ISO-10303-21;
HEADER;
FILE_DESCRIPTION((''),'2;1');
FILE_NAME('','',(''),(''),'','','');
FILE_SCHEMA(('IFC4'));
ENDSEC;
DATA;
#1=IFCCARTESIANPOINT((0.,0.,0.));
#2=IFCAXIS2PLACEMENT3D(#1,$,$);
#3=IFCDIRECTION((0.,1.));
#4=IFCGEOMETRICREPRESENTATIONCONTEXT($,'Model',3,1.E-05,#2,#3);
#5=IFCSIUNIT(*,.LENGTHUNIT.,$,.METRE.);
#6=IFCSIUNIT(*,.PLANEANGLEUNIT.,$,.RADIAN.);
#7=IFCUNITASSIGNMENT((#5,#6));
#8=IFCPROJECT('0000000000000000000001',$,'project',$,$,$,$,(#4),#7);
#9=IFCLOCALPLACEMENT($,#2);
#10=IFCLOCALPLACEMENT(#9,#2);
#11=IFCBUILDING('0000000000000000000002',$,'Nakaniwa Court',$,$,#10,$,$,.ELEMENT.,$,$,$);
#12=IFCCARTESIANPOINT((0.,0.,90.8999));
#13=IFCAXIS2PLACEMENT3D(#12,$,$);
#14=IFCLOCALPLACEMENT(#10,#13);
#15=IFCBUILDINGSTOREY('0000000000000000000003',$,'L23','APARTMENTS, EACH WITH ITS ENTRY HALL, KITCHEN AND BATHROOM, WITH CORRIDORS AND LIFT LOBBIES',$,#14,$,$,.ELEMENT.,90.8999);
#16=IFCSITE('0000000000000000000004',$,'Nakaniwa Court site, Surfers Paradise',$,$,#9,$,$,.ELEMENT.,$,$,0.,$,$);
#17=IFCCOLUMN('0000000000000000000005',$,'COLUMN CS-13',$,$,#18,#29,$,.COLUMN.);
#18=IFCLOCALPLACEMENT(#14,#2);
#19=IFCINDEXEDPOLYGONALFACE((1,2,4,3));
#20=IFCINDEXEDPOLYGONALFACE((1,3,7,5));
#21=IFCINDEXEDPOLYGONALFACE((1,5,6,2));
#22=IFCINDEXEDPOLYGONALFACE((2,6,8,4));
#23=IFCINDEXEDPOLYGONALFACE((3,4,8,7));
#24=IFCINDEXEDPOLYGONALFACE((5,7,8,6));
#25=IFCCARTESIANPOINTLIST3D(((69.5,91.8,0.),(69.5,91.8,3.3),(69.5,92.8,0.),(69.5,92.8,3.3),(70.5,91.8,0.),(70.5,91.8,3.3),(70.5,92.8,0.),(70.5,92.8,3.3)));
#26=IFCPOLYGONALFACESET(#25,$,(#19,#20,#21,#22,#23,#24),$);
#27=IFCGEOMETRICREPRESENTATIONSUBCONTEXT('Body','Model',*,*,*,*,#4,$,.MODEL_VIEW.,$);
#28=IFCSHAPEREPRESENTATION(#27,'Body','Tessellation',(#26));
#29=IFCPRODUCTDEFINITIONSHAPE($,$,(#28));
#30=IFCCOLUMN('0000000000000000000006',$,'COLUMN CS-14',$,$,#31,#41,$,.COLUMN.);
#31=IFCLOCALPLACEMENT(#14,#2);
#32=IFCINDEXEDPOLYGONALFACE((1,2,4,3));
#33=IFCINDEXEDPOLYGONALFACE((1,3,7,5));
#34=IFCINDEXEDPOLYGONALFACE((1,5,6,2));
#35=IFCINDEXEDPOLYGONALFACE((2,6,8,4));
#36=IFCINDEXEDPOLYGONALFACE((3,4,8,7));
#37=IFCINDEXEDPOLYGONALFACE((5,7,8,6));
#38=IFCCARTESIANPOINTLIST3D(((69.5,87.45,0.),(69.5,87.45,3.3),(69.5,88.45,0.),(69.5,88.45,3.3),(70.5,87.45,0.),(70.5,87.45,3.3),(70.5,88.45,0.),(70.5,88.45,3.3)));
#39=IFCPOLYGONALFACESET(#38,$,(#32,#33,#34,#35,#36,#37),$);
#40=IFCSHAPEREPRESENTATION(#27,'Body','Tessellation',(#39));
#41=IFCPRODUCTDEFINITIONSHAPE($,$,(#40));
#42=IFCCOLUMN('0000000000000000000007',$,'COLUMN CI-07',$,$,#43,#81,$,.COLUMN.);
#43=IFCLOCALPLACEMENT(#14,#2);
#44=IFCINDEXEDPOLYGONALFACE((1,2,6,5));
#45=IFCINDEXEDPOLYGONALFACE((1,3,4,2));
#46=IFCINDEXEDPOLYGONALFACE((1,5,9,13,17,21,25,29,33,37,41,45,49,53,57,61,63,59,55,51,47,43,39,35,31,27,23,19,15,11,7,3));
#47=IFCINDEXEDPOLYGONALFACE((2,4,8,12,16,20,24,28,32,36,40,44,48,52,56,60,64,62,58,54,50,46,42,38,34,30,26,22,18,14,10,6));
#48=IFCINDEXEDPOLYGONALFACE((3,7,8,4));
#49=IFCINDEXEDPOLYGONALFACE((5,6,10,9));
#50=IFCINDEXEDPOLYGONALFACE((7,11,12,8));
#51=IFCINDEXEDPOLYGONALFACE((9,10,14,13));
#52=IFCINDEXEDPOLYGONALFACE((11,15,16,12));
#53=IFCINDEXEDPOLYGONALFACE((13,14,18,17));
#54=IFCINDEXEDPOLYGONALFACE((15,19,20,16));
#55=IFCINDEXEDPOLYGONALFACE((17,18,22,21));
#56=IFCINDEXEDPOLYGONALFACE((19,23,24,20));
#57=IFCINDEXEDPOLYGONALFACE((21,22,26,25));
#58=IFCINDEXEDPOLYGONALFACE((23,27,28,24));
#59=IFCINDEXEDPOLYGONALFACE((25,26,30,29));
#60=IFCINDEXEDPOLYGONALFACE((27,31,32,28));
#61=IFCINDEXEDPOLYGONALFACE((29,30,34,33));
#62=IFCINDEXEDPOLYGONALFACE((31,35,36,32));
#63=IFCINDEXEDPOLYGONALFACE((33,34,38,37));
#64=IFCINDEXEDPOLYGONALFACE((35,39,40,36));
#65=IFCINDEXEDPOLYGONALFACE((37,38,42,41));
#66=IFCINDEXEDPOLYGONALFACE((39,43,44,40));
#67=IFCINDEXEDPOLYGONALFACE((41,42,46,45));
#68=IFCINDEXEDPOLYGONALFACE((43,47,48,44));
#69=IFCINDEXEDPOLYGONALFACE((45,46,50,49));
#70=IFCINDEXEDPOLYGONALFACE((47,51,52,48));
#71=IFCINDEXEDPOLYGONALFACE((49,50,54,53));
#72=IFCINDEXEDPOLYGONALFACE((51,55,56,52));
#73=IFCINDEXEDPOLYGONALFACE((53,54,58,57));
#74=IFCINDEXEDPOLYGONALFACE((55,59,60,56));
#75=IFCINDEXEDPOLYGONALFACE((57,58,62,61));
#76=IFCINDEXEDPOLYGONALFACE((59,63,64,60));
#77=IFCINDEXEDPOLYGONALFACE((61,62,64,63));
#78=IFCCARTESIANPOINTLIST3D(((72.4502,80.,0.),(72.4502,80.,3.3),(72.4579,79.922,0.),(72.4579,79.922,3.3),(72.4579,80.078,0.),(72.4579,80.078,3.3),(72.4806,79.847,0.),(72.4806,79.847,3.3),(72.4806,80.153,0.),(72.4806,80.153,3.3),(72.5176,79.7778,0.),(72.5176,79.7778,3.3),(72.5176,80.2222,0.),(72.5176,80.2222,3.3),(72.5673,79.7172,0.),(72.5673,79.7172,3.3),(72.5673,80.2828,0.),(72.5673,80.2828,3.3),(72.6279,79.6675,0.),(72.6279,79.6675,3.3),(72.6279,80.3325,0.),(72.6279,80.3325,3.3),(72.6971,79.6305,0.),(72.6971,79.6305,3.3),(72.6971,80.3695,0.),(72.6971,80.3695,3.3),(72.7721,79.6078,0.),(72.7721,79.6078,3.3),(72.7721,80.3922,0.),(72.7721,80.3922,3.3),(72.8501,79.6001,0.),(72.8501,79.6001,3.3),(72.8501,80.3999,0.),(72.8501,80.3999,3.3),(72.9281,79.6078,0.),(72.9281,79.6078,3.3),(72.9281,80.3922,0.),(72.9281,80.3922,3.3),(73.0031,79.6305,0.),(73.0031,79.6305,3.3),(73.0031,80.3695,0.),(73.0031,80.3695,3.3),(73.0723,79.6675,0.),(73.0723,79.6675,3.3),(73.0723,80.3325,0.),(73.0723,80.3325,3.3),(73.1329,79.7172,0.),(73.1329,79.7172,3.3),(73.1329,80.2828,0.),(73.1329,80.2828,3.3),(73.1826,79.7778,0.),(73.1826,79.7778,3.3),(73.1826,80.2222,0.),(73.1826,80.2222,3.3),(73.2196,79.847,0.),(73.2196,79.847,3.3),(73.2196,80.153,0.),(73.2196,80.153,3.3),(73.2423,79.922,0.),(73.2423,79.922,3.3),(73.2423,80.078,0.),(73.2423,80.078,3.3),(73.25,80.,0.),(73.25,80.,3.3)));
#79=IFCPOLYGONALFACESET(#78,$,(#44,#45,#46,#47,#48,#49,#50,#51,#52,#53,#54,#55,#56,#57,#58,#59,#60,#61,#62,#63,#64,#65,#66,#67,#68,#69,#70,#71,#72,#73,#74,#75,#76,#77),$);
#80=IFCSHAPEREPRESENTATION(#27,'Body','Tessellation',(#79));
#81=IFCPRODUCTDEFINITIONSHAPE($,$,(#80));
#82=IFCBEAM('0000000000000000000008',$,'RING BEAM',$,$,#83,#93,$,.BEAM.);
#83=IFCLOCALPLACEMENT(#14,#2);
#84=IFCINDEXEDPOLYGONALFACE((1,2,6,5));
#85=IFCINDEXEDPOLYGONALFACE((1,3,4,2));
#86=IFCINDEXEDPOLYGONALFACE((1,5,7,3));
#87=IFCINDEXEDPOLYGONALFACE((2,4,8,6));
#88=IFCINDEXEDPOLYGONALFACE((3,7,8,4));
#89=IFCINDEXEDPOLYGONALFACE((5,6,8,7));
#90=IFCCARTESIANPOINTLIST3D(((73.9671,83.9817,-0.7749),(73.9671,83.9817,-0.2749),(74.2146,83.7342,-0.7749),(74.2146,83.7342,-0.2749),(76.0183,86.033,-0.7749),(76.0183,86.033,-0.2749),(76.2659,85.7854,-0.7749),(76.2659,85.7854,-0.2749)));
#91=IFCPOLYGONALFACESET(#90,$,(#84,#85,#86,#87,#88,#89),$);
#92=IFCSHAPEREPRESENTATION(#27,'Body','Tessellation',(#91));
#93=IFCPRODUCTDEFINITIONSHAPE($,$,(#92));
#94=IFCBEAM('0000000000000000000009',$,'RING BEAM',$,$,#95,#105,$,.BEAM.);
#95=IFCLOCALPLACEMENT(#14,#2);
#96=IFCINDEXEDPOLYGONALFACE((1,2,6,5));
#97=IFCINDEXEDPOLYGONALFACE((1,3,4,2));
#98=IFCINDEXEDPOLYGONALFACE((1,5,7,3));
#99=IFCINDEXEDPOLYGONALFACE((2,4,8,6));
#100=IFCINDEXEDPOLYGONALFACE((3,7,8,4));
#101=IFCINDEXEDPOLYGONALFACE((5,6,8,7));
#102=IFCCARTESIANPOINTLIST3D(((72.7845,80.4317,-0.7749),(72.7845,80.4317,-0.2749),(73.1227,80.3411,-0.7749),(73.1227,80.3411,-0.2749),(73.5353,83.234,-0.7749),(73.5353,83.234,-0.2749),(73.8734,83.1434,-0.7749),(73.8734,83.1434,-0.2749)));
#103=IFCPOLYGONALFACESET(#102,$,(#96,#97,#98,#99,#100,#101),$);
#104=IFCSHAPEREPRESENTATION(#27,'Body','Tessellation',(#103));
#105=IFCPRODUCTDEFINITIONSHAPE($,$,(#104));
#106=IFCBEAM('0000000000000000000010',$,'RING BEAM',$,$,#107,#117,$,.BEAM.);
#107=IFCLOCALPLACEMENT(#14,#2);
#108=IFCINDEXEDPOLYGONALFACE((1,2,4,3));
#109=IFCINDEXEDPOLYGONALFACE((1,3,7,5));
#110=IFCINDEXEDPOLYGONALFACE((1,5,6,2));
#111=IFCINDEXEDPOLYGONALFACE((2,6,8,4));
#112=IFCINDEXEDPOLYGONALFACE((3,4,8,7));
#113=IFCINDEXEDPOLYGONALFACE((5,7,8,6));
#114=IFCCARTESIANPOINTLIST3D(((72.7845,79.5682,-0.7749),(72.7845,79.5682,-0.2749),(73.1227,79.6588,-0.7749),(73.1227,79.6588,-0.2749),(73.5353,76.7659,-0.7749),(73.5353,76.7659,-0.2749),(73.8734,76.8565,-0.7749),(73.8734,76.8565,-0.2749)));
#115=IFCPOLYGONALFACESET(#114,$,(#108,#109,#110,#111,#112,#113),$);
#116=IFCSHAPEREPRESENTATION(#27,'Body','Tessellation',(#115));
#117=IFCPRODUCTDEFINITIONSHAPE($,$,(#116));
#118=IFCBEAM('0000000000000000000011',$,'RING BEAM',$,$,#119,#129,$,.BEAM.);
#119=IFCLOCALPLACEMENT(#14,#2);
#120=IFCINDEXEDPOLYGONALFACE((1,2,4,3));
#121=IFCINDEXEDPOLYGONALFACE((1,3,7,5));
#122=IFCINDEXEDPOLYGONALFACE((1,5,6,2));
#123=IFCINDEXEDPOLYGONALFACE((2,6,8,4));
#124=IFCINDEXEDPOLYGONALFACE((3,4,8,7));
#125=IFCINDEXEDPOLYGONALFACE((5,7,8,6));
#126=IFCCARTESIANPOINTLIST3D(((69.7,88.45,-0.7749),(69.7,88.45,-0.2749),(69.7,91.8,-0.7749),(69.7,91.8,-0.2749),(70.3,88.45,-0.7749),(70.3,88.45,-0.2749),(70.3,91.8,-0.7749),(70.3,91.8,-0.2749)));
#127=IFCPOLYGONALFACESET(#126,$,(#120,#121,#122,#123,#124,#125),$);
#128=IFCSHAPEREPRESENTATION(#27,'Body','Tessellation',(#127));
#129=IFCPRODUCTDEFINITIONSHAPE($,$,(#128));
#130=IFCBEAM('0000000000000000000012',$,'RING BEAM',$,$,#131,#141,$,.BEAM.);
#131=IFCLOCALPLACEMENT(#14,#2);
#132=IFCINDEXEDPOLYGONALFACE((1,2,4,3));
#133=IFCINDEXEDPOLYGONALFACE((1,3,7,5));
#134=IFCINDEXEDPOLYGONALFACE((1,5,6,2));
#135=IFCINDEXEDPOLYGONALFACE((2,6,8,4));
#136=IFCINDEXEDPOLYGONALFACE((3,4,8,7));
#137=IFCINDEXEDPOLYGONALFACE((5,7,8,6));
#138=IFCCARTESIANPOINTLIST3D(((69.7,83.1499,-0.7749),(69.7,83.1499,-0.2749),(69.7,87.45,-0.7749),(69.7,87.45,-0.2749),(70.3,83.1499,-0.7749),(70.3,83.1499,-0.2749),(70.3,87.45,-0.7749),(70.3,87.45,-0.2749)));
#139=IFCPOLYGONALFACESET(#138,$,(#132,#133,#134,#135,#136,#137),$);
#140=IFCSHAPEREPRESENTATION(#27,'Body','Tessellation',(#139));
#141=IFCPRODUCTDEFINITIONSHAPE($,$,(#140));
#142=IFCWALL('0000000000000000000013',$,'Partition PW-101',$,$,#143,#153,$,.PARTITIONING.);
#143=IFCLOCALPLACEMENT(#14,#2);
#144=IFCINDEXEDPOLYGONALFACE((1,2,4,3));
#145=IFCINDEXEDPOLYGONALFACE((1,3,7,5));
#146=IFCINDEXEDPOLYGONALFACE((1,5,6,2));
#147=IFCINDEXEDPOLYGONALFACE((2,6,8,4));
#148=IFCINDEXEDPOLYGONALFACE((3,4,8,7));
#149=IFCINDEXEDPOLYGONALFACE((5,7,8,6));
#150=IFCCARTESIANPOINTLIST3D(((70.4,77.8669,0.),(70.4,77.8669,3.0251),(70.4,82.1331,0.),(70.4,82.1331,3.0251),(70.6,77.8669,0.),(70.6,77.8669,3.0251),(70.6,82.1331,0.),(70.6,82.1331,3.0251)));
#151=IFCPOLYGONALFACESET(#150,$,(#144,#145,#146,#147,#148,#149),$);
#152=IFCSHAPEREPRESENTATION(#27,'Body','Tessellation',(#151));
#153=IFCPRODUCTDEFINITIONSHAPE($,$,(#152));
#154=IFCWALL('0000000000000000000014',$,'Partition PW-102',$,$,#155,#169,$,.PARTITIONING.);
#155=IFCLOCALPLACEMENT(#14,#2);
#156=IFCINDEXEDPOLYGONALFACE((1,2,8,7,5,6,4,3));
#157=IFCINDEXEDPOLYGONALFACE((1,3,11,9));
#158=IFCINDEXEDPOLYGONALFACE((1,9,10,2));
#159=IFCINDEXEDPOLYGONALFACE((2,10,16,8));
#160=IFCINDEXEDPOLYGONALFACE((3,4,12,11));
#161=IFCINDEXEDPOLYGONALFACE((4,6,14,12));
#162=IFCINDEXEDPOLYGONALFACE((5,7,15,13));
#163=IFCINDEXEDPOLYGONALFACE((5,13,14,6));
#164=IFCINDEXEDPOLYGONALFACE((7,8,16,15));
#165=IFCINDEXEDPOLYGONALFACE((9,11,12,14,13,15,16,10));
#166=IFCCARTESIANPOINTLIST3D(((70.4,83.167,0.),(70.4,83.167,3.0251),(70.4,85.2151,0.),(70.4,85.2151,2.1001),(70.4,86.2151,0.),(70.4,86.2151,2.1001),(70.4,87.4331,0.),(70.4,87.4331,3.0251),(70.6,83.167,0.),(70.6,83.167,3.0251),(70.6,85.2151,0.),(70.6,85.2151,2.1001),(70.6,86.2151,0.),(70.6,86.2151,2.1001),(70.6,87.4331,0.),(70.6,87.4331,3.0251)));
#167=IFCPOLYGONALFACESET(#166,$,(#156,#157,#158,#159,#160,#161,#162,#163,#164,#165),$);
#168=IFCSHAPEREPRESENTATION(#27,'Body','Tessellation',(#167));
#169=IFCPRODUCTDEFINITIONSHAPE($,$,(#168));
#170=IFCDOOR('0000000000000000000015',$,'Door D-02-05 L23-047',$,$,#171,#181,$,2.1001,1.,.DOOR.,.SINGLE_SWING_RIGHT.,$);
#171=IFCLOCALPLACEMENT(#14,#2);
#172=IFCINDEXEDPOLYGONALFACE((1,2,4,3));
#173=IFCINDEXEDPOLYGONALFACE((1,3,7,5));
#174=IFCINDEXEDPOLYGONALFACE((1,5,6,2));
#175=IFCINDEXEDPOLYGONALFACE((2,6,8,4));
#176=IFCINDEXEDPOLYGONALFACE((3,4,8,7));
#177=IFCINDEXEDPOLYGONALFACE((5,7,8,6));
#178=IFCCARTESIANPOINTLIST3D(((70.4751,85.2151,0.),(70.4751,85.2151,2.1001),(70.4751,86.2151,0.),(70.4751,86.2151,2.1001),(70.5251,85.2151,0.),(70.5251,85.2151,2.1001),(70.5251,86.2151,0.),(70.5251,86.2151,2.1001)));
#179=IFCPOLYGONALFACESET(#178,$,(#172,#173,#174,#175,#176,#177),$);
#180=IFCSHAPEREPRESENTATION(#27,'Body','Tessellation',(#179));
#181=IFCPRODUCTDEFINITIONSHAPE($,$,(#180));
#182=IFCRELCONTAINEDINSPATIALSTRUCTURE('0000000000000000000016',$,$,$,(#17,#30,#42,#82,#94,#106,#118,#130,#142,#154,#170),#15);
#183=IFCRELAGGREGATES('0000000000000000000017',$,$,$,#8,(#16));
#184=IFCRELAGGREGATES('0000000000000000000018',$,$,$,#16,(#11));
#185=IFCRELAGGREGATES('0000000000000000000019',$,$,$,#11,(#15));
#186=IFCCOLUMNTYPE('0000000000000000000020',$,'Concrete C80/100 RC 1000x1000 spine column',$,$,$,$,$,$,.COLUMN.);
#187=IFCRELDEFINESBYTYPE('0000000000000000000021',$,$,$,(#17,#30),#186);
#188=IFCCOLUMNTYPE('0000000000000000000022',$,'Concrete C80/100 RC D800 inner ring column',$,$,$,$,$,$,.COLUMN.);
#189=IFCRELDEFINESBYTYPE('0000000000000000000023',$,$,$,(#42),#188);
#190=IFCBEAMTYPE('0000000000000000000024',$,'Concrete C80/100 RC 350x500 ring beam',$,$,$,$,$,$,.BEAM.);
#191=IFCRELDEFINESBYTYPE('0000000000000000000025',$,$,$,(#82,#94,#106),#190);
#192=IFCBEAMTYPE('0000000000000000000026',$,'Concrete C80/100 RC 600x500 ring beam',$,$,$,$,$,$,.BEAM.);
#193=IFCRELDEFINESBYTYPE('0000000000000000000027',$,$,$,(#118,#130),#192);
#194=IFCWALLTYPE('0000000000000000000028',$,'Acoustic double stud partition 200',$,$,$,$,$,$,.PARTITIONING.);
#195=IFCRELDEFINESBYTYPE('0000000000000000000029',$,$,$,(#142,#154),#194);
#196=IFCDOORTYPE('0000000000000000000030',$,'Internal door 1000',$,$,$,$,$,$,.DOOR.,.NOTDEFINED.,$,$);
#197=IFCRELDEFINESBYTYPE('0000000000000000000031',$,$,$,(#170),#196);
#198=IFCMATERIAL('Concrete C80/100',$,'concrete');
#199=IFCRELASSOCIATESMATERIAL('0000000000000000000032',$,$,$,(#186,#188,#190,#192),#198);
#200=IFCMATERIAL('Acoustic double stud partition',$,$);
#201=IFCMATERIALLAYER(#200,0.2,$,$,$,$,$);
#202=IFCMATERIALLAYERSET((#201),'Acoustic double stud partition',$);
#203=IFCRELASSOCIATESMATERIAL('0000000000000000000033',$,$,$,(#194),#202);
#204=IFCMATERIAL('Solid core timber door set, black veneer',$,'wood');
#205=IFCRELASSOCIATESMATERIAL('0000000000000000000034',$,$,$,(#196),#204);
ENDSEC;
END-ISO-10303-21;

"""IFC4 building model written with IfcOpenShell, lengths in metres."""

from ifc_helpers import new_model, si_unit, direction, frame, frame_2d, origin, origin_2d, place, context, subcontext, project, spatial, rectangle, circle, extrude, material, layer, layer_set, material_profile, profile_set, type_object, element, fill, save


model = new_model("IFC4")

# Units and contexts
model_context = context("Model", 3, precision=1e-05, world=origin(), true_north=direction((0.0, 1.0)))
body_context = subcontext(model_context, "Body", "Model", "MODEL_VIEW")
ifc_project = project(units=[si_unit("LENGTHUNIT", "METRE"), si_unit("PLANEANGLEUNIT", "RADIAN")], contexts=[model_context])

# Site, building, storey
site_placement = place(None, origin())
site = spatial("IfcSite", under=ifc_project, at=site_placement, Name="Nakaniwa Court site, Surfers Paradise", CompositionType="ELEMENT", RefElevation=0.0)
building_placement = place(site_placement, origin())
building = spatial("IfcBuilding", under=site, at=building_placement, Name="Nakaniwa Court", CompositionType="ELEMENT")
storey_placement = place(building_placement, frame((0.0, 0.0, 90.8999)))
storey = spatial("IfcBuildingStorey", under=building, at=storey_placement, Name="L23", Description="APARTMENTS, EACH WITH ITS ENTRY HALL, KITCHEN AND BATHROOM, WITH CORRIDORS AND LIFT LOBBIES", CompositionType="ELEMENT", Elevation=90.8999)

# Columns
ifc_material_1 = material(Name="Concrete C80/100", Category="concrete")
ifc_material_profile_1 = material_profile(ifc_material_1, rectangle(XDim=1.0, YDim=1.0, at=origin_2d()), Name="Concrete C80/100 RC 1000x1000 spine column")
ifc_profile_set_1 = profile_set([ifc_material_profile_1], Name="Concrete C80/100")
column_type_1 = type_object("IfcColumnType", Name="Concrete C80/100 RC 1000x1000 spine column", PredefinedType="COLUMN", material=ifc_profile_set_1)
for number, where, z_axis, x_axis, name in (
    (1, (70.0, 92.3, 0.0), (0.0, 0.0, 1.0), (0.0, -1.0, 0.0), "COLUMN CS-13"),
    (2, (70.0, 87.95, 0.0), (0.0, 0.0, 1.0), (0.0, -1.0, 0.0), "COLUMN CS-14"),
):
    element("IfcColumn", number, at=place(storey_placement, frame(where, z_axis=z_axis, x_axis=x_axis)), inside=storey, type_object=column_type_1, Name=name, PredefinedType="COLUMN", context=body_context, shape_type="SweptSolid", body=[
        extrude(rectangle(XDim=1.0, YDim=1.0, at=origin_2d()), origin(), (0.0, 0.0, 1.0), 3.3),
    ])
ifc_material_profile_2 = material_profile(ifc_material_1, circle(Radius=0.3999, at=origin_2d()), Name="Concrete C80/100 RC D800 inner ring column")
ifc_profile_set_2 = profile_set([ifc_material_profile_2], Name="Concrete C80/100")
column_type_2 = type_object("IfcColumnType", Name="Concrete C80/100 RC D800 inner ring column", PredefinedType="COLUMN", material=ifc_profile_set_2)
for number, where, z_axis, x_axis, name in (
    (3, (72.8501, 80.0, 0.0), (0.0, 0.0, 1.0), (0.0, -1.0, 0.0), "COLUMN CI-07"),
):
    element("IfcColumn", number, at=place(storey_placement, frame(where, z_axis=z_axis, x_axis=x_axis)), inside=storey, type_object=column_type_2, Name=name, PredefinedType="COLUMN", context=body_context, shape_type="SweptSolid", body=[
        extrude(circle(Radius=0.3999, at=origin_2d()), origin(), (0.0, 0.0, 1.0), 3.3),
    ])

# Beams
ifc_material_profile_3 = material_profile(ifc_material_1, rectangle(XDim=0.3501, YDim=0.5, at=origin_2d()), Name="Concrete C80/100 RC 350x500 ring beam")
ifc_profile_set_3 = profile_set([ifc_material_profile_3], Name="Concrete C80/100")
beam_type_1 = type_object("IfcBeamType", Name="Concrete C80/100 RC 350x500 ring beam", PredefinedType="BEAM", material=ifc_profile_set_3)
beam_1_placement = place(storey_placement, frame((76.1421, 85.9092, -0.5249), z_axis=(-0.707107, -0.707107, 0.0), x_axis=(0.707107, -0.707107, 0.0)))
element("IfcBeam", 4, at=beam_1_placement, inside=storey, type_object=beam_type_1, Name="RING BEAM", PredefinedType="BEAM", context=body_context, shape_type="SweptSolid", body=[
    extrude(rectangle(XDim=0.3501, YDim=0.5, at=origin_2d()), origin(), (0.0, 0.0, 1.0), 2.9009),
])
for number, where, z_axis, x_axis, name in (
    (5, (73.7043, 83.1887, -0.5249), (-0.258778, -0.965937, 0.0), (0.965937, -0.258778, 0.0), "RING BEAM"),
    (6, (72.9536, 79.6135, -0.5249), (0.258778, -0.965937, 0.0), (0.965937, 0.258778, 0.0), "RING BEAM"),
):
    element("IfcBeam", number, at=place(storey_placement, frame(where, z_axis=z_axis, x_axis=x_axis)), inside=storey, type_object=beam_type_1, Name=name, PredefinedType="BEAM", context=body_context, shape_type="SweptSolid", body=[
        extrude(rectangle(XDim=0.3501, YDim=0.5, at=origin_2d()), origin(), (0.0, 0.0, 1.0), 2.9011),
    ])
ifc_material_profile_4 = material_profile(ifc_material_1, rectangle(XDim=0.6001, YDim=0.5, at=origin_2d()), Name="Concrete C80/100 RC 600x500 ring beam")
ifc_profile_set_4 = profile_set([ifc_material_profile_4], Name="Concrete C80/100")
beam_type_2 = type_object("IfcBeamType", Name="Concrete C80/100 RC 600x500 ring beam", PredefinedType="BEAM", material=ifc_profile_set_4)
beam_2_placement = place(storey_placement, frame((70.0, 91.8, -0.5249), z_axis=(0.0, -1.0, 0.0), x_axis=(1.0, 0.0, 0.0)))
element("IfcBeam", 7, at=beam_2_placement, inside=storey, type_object=beam_type_2, Name="RING BEAM", PredefinedType="BEAM", context=body_context, shape_type="SweptSolid", body=[
    extrude(rectangle(XDim=0.6001, YDim=0.5, at=origin_2d()), origin(), (0.0, 0.0, 1.0), 3.3501),
])
beam_3_placement = place(storey_placement, frame((70.0, 87.45, -0.5249), z_axis=(0.0, -1.0, 0.0), x_axis=(1.0, 0.0, 0.0)))
element("IfcBeam", 8, at=beam_3_placement, inside=storey, type_object=beam_type_2, Name="RING BEAM", PredefinedType="BEAM", context=body_context, shape_type="SweptSolid", body=[
    extrude(rectangle(XDim=0.6001, YDim=0.5, at=origin_2d()), origin(), (0.0, 0.0, 1.0), 4.3),
])

# Wall
ifc_material_2 = material(Name="Acoustic double stud partition")
ifc_layer_1 = layer(ifc_material_2, 0.2)
ifc_layer_set_1 = layer_set([ifc_layer_1], Name="Acoustic double stud partition")
wall_type_1 = type_object("IfcWallType", Name="Acoustic double stud partition 200", PredefinedType="PARTITIONING", material=ifc_layer_set_1)
wall_1_placement = place(storey_placement, frame((70.5, 77.8669, 0.0), z_axis=(0.0, 0.0, 1.0), x_axis=(0.0, 1.0, 0.0)))
element("IfcWall", 9, at=wall_1_placement, inside=storey, type_object=wall_type_1, Name="Partition PW-101", PredefinedType="PARTITIONING", context=body_context, shape_type="SweptSolid", body=[
    extrude(rectangle(XDim=4.2661, YDim=0.2, at=frame_2d((2.1331, 0.0))), origin(), (0.0, 0.0, 1.0), 3.0251),
])

# Wall, opening, door
wall_2_placement = place(storey_placement, frame((70.5, 83.167, 0.0), z_axis=(0.0, 0.0, 1.0), x_axis=(0.0, 1.0, 0.0)))
wall_2 = element("IfcWall", 10, at=wall_2_placement, inside=storey, type_object=wall_type_1, Name="Partition PW-102", PredefinedType="PARTITIONING", context=body_context, shape_type="SweptSolid", body=[
    extrude(rectangle(XDim=4.2661, YDim=0.2, at=frame_2d((2.1331, 0.0))), origin(), (0.0, 0.0, 1.0), 3.0251),
])
opening_1_placement = place(wall_2_placement, frame((2.0481, 0.0, 0.0)))
opening_1 = element("IfcOpeningElement", 11, at=opening_1_placement, cuts=wall_2, PredefinedType="OPENING", context=body_context, shape_type="SweptSolid", body=[
    extrude(rectangle(XDim=1.0, YDim=2.1001, at=frame_2d((0.5, 1.05))), frame((0.0, 0.1099, 0.0), z_axis=(0.0, -1.0, 0.0), x_axis=(1.0, 0.0, 0.0)), (0.0, 0.0, 1.0), 0.22),
])
ifc_material_3 = material(Name="Solid core timber door set, black veneer", Category="wood")
door_type_1 = type_object("IfcDoorType", Name="Internal door 1000", OperationType="NOTDEFINED", PredefinedType="DOOR", material=ifc_material_3)
door_1_placement = place(opening_1_placement, origin())
door_1 = element("IfcDoor", 12, at=door_1_placement, inside=storey, type_object=door_type_1, Name="Door D-02-05 L23-047", OperationType="SINGLE_SWING_RIGHT", OverallHeight=2.1001, OverallWidth=1.0, PredefinedType="DOOR", context=body_context, shape_type="SweptSolid", body=[
    extrude(rectangle(XDim=1.0, YDim=2.1001, at=frame_2d((0.5, 1.05))), frame((0.0, 0.0249, 0.0), z_axis=(0.0, -1.0, 0.0), x_axis=(1.0, 0.0, 0.0)), (0.0, 0.0, 1.0), 0.05),
])
fill(opening_1, door_1)

save(model, "model.ifc")
